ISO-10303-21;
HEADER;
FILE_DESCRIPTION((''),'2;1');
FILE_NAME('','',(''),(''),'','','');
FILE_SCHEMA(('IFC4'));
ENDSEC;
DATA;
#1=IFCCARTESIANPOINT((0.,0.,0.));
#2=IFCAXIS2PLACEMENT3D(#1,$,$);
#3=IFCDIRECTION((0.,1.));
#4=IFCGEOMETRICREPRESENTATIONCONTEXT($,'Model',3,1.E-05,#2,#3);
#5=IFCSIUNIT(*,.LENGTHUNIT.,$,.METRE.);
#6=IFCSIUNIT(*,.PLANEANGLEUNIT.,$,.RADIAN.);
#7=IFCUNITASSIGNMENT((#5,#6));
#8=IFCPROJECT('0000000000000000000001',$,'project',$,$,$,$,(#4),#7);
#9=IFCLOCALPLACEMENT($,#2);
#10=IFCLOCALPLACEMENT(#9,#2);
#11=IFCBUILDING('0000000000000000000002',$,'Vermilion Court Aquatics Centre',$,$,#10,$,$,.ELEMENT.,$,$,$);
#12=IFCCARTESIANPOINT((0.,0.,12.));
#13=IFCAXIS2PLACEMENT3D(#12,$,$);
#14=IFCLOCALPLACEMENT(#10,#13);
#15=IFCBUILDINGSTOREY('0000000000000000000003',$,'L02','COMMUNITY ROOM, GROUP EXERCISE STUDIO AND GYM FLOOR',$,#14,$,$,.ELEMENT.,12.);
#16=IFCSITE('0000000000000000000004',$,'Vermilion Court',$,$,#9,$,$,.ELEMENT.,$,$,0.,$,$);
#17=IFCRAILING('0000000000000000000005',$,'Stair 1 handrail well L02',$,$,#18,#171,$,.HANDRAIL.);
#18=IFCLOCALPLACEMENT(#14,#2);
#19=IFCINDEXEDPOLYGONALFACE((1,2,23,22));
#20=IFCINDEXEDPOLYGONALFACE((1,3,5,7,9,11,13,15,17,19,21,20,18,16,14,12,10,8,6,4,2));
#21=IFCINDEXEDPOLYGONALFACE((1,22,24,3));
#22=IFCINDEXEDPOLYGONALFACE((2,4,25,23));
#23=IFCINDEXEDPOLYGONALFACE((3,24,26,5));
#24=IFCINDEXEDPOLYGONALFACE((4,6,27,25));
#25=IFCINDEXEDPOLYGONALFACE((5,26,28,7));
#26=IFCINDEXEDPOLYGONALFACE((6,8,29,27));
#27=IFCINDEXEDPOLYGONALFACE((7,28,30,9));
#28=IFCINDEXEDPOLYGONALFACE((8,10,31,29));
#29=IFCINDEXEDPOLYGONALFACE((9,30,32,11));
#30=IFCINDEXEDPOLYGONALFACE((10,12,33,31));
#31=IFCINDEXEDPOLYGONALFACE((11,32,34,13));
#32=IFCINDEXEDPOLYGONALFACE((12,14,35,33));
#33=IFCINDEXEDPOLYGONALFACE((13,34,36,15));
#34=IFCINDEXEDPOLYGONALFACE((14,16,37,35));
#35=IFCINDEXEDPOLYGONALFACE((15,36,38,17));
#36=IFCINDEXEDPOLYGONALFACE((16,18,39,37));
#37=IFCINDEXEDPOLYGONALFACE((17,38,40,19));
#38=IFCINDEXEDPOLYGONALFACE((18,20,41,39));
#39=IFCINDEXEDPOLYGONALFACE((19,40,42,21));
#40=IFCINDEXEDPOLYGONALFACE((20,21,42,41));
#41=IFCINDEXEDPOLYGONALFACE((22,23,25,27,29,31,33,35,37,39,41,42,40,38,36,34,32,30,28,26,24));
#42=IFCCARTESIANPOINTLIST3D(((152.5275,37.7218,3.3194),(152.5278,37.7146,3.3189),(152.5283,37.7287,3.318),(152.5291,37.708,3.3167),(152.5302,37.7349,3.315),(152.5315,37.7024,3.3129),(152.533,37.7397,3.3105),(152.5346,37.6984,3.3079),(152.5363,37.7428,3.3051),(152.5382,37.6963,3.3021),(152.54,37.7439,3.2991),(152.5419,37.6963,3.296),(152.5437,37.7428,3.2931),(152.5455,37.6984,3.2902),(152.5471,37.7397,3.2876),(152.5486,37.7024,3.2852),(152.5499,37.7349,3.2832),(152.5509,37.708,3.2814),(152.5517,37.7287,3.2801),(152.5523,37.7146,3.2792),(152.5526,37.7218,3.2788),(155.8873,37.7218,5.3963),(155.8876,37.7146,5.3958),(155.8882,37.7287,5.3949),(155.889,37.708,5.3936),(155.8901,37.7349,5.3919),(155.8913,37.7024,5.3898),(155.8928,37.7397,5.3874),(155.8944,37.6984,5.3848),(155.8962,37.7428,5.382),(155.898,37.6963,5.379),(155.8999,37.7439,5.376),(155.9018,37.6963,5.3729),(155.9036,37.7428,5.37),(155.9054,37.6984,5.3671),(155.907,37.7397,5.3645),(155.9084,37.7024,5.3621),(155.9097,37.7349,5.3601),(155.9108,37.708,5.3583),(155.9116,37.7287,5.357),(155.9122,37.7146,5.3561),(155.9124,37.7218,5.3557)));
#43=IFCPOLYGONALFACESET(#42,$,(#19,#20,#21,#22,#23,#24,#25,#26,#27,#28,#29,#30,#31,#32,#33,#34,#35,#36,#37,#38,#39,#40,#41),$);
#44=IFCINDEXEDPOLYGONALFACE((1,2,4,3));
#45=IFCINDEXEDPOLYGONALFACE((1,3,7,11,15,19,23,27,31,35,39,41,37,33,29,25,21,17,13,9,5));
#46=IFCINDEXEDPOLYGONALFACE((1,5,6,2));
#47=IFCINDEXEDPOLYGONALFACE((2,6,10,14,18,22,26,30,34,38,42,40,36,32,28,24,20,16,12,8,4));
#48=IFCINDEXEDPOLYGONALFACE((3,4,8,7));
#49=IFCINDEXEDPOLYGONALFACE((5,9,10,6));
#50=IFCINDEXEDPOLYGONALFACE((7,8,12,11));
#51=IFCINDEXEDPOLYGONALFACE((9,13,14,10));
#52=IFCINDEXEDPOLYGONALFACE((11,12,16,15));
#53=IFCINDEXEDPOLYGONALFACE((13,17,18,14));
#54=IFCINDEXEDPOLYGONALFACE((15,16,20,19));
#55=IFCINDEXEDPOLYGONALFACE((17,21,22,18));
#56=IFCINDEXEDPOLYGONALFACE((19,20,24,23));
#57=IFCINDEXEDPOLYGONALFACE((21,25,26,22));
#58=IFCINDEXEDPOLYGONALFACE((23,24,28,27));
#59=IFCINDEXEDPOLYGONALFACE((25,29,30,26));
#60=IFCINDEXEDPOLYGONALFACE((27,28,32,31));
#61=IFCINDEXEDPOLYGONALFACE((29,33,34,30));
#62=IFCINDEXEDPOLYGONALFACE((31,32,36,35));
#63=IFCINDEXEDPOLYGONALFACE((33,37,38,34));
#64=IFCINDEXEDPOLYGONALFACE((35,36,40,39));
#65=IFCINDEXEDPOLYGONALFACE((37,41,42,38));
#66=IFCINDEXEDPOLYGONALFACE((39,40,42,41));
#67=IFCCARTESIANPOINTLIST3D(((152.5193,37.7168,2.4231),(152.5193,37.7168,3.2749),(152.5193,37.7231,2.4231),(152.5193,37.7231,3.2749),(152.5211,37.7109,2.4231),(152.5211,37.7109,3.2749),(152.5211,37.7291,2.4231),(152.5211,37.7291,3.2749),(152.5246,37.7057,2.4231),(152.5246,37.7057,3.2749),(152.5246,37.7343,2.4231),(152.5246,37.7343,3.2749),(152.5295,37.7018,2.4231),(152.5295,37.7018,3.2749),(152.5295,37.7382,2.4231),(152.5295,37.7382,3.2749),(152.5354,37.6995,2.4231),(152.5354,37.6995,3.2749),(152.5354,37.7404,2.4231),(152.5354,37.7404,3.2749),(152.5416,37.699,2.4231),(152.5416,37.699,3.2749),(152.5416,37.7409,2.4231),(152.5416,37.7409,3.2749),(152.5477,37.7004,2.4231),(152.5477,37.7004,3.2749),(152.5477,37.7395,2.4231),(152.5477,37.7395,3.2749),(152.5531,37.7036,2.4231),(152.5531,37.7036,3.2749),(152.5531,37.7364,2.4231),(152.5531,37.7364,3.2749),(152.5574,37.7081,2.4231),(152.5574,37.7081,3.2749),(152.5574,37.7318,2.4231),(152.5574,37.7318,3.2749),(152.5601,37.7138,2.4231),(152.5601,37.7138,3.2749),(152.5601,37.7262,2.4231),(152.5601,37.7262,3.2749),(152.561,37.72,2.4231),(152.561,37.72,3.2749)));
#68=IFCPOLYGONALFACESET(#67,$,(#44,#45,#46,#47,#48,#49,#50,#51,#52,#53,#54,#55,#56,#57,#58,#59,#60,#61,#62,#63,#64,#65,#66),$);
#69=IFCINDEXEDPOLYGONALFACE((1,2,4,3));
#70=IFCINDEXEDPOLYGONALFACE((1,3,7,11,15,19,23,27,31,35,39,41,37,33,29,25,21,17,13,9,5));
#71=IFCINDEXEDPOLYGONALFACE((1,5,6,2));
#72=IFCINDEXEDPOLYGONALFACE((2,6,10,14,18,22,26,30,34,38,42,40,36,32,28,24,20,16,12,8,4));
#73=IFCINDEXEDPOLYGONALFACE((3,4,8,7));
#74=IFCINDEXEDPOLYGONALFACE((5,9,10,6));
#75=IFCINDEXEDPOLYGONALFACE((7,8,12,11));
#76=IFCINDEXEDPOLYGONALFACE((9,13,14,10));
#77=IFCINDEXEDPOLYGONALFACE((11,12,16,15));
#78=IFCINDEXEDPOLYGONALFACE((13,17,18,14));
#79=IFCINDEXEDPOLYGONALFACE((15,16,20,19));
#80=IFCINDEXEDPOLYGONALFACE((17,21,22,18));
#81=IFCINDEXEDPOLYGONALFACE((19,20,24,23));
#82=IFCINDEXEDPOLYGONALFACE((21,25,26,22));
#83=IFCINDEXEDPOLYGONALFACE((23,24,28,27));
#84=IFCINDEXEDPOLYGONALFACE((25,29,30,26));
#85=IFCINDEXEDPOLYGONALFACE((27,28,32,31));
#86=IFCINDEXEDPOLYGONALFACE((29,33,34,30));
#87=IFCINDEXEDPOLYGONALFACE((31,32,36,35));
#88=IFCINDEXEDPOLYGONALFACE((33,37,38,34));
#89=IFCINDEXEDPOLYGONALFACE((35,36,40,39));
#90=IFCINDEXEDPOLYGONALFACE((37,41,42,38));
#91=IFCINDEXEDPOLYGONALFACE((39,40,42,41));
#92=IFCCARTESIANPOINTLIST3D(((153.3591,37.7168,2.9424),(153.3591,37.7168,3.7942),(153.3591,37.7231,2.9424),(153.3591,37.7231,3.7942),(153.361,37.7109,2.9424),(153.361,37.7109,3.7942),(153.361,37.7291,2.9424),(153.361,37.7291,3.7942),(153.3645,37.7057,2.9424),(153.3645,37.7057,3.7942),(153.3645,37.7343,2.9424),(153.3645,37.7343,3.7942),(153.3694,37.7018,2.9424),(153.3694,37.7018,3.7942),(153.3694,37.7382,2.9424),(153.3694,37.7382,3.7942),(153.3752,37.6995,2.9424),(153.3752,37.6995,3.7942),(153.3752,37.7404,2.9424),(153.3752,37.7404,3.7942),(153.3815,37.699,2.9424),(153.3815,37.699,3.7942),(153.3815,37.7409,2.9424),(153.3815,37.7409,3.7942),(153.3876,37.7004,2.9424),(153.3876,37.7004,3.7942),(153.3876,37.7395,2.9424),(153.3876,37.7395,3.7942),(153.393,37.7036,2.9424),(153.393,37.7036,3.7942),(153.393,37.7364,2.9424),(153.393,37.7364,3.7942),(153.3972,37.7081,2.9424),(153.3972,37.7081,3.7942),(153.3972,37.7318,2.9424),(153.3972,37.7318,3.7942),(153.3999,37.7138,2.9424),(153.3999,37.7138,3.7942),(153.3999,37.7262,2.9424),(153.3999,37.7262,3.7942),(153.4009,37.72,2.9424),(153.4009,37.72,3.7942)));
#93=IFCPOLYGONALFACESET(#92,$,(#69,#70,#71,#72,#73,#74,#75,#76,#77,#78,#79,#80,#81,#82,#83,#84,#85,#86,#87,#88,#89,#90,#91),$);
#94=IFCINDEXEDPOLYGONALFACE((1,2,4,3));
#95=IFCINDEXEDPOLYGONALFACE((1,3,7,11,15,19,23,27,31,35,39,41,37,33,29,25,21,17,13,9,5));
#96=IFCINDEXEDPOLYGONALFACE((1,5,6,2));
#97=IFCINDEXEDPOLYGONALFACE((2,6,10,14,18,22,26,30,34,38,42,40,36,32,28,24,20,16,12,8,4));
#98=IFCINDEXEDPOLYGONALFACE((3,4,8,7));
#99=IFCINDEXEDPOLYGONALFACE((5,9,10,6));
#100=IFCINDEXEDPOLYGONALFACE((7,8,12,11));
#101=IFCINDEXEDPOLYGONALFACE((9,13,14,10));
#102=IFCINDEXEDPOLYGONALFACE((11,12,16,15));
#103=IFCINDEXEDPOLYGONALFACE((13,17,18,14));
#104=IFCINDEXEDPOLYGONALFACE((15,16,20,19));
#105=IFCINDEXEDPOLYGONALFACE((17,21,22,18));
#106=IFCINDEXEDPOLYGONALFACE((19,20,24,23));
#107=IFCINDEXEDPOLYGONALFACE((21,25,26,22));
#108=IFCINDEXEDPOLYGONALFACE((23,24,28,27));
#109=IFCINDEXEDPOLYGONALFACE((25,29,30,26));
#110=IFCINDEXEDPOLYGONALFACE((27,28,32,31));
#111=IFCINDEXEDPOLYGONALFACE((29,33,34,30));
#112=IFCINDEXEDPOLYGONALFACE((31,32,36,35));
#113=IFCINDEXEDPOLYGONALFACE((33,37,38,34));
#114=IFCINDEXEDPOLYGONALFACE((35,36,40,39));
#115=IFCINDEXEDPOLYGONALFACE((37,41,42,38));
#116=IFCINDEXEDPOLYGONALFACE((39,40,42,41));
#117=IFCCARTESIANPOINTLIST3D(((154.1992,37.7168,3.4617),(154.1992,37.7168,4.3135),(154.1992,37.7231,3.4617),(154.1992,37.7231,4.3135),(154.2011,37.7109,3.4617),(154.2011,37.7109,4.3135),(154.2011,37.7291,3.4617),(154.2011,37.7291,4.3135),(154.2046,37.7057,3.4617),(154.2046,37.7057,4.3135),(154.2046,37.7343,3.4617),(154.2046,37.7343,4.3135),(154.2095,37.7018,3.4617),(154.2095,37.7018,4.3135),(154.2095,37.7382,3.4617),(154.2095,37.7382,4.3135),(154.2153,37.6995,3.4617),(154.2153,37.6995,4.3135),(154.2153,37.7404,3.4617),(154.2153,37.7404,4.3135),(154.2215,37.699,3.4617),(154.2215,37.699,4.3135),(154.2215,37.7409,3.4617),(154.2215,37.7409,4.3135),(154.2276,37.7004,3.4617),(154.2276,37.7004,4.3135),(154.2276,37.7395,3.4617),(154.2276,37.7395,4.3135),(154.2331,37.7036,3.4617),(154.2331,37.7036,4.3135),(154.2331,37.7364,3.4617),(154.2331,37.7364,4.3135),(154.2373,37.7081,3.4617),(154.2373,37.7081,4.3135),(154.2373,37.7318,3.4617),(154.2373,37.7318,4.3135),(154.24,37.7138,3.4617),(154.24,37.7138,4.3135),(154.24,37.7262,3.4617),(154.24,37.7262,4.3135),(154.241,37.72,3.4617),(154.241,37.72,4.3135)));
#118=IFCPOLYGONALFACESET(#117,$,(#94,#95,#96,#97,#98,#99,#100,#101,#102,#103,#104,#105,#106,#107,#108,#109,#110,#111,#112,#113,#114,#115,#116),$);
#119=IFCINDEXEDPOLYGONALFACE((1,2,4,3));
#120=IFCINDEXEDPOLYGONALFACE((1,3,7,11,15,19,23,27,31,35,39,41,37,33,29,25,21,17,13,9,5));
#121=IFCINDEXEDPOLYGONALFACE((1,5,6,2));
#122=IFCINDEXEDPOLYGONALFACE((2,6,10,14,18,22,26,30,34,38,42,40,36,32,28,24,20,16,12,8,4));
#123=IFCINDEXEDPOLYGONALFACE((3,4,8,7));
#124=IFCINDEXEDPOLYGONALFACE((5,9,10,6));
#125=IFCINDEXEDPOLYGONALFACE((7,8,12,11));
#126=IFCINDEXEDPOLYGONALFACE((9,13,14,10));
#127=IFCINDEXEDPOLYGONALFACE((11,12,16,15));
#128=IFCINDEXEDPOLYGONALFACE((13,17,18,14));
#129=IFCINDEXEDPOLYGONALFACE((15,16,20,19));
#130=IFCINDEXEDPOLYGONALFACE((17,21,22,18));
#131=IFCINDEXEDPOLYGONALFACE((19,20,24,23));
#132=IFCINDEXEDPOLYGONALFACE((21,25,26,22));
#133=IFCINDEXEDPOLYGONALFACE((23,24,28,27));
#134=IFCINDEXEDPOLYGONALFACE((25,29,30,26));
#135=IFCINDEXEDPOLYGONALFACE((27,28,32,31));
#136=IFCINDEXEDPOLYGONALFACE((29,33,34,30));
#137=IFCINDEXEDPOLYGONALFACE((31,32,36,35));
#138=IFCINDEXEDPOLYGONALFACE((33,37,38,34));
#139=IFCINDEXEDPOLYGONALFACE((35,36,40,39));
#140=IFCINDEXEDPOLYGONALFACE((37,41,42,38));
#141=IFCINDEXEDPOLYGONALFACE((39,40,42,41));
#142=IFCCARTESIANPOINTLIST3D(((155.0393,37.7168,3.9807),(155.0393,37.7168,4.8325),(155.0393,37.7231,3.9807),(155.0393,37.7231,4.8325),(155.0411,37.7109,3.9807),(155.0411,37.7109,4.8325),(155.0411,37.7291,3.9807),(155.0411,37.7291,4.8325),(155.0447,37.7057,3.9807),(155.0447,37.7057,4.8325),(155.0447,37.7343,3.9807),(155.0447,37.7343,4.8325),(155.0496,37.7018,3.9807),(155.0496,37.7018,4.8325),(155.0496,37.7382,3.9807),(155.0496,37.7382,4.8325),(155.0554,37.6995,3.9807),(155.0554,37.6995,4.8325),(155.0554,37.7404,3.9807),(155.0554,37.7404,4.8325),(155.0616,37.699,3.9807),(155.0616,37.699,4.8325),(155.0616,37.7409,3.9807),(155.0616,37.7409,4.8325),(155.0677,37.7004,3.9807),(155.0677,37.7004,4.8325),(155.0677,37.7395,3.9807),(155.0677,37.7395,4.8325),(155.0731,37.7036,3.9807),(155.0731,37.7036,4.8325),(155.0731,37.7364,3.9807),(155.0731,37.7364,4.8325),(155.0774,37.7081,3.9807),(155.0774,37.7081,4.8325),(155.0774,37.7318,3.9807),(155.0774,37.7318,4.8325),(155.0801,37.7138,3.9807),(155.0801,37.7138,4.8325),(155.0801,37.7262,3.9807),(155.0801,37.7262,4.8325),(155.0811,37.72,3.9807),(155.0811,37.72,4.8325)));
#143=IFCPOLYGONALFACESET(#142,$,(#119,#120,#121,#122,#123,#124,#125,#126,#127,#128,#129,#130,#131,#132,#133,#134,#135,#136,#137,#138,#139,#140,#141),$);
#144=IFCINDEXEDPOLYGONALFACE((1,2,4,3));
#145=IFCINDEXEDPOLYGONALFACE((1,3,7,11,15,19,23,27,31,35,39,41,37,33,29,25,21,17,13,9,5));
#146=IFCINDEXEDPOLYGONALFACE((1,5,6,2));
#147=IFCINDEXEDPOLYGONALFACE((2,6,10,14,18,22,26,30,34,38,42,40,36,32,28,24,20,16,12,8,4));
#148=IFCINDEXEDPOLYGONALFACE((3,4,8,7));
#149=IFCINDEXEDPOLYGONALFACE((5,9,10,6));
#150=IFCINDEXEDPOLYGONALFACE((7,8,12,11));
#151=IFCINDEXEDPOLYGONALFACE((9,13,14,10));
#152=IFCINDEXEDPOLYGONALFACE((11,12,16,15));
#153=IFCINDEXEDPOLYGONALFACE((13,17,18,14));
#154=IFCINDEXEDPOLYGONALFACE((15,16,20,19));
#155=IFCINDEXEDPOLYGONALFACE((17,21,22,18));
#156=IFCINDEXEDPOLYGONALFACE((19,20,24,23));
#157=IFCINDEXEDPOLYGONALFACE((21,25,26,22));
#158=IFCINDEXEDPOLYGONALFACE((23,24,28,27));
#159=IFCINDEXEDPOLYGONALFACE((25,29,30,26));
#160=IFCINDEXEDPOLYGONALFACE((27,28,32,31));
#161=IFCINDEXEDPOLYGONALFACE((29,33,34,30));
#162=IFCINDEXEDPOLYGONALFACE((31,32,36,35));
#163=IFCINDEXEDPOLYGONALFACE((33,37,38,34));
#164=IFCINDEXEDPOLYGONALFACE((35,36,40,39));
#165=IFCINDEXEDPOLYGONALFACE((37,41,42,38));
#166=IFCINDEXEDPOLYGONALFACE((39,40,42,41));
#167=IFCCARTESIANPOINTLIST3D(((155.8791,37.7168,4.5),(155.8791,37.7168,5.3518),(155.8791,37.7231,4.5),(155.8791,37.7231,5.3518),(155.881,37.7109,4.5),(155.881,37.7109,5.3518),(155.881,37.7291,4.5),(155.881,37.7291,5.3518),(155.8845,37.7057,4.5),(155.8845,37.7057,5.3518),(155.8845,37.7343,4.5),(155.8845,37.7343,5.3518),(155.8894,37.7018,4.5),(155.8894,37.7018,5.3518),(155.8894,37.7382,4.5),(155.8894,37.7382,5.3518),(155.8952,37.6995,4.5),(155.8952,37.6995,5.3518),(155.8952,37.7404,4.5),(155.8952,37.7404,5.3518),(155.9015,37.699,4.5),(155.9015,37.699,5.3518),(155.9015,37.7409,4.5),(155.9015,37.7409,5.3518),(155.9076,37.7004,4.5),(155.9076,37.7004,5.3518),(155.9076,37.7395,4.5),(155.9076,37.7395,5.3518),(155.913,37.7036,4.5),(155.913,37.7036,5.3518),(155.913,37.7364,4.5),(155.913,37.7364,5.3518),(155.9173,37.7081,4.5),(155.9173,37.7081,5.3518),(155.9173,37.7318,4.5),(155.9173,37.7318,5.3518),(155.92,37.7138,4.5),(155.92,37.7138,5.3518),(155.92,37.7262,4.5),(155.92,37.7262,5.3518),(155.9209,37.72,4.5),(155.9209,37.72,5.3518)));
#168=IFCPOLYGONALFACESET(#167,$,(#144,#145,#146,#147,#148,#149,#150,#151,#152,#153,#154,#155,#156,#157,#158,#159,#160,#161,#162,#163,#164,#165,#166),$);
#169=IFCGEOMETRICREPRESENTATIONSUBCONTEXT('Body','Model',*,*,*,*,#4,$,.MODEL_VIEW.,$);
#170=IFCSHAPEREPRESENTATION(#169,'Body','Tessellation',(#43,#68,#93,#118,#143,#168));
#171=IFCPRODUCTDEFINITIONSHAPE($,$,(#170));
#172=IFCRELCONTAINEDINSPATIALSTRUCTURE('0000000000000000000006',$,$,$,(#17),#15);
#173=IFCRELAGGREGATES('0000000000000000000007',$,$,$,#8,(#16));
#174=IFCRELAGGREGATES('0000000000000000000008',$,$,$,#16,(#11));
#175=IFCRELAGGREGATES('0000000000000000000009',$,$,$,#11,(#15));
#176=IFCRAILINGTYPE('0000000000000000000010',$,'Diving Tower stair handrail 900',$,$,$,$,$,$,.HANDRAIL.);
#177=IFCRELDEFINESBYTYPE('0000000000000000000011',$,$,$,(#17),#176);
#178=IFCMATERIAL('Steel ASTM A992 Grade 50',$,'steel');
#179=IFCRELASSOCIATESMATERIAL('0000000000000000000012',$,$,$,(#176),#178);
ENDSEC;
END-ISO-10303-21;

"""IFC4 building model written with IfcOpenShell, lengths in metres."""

from ifc_helpers import new_model, si_unit, direction, frame, origin, origin_2d, place, context, subcontext, project, spatial, circle, extrude, material, type_object, element, save


model = new_model("IFC4")

# Units and contexts
model_context = context("Model", 3, precision=1e-05, world=origin(), true_north=direction((0.0, 1.0)))
body_context = subcontext(model_context, "Body", "Model", "MODEL_VIEW")
ifc_project = project(units=[si_unit("LENGTHUNIT", "METRE"), si_unit("PLANEANGLEUNIT", "RADIAN")], contexts=[model_context])

# Site, building, storey
site_placement = place(None, origin())
site = spatial("IfcSite", under=ifc_project, at=site_placement, Name="Vermilion Court", CompositionType="ELEMENT", RefElevation=0.0)
building_placement = place(site_placement, origin())
building = spatial("IfcBuilding", under=site, at=building_placement, Name="Vermilion Court Aquatics Centre", CompositionType="ELEMENT")
storey_placement = place(building_placement, frame((0.0, 0.0, 12.0)))
storey = spatial("IfcBuildingStorey", under=building, at=storey_placement, Name="L02", Description="COMMUNITY ROOM, GROUP EXERCISE STUDIO AND GYM FLOOR", CompositionType="ELEMENT", Elevation=12.0)

# Railing
ifc_material_1 = material(Name="Steel ASTM A992 Grade 50", Category="steel")
railing_type_1 = type_object("IfcRailingType", Name="Diving Tower stair handrail 900", PredefinedType="HANDRAIL", material=ifc_material_1)
for number, where, name in (
    (1, (152.54, 37.72, 2.4231), "Stair 1 handrail well L02"),
):
    element("IfcRailing", number, at=place(storey_placement, frame(where)), inside=storey, type_object=railing_type_1, Name=name, PredefinedType="HANDRAIL", context=body_context, shape_type="SweptSolid", body=[
        extrude(circle(Radius=0.0239, at=origin_2d()), frame((0.0, 0.0, 0.876), z_axis=(0.850606, 0.0, 0.525803), x_axis=(0.0, 1.0, 0.0)), (0.0, 0.0, 1.0), 3.95),
        extrude(circle(Radius=0.021, at=origin_2d()), origin(), (0.0, 0.0, 1.0), 0.8518),
        extrude(circle(Radius=0.021, at=origin_2d()), frame((0.8398, 0.0, 0.5193)), (0.0, 0.0, 1.0), 0.8518),
        extrude(circle(Radius=0.021, at=origin_2d()), frame((1.6799, 0.0, 1.0386)), (0.0, 0.0, 1.0), 0.8518),
        extrude(circle(Radius=0.021, at=origin_2d()), frame((2.52, 0.0, 1.5576)), (0.0, 0.0, 1.0), 0.8518),
        extrude(circle(Radius=0.021, at=origin_2d()), frame((3.3599, 0.0, 2.0769)), (0.0, 0.0, 1.0), 0.8518),
    ])

save(model, "model.ifc")
